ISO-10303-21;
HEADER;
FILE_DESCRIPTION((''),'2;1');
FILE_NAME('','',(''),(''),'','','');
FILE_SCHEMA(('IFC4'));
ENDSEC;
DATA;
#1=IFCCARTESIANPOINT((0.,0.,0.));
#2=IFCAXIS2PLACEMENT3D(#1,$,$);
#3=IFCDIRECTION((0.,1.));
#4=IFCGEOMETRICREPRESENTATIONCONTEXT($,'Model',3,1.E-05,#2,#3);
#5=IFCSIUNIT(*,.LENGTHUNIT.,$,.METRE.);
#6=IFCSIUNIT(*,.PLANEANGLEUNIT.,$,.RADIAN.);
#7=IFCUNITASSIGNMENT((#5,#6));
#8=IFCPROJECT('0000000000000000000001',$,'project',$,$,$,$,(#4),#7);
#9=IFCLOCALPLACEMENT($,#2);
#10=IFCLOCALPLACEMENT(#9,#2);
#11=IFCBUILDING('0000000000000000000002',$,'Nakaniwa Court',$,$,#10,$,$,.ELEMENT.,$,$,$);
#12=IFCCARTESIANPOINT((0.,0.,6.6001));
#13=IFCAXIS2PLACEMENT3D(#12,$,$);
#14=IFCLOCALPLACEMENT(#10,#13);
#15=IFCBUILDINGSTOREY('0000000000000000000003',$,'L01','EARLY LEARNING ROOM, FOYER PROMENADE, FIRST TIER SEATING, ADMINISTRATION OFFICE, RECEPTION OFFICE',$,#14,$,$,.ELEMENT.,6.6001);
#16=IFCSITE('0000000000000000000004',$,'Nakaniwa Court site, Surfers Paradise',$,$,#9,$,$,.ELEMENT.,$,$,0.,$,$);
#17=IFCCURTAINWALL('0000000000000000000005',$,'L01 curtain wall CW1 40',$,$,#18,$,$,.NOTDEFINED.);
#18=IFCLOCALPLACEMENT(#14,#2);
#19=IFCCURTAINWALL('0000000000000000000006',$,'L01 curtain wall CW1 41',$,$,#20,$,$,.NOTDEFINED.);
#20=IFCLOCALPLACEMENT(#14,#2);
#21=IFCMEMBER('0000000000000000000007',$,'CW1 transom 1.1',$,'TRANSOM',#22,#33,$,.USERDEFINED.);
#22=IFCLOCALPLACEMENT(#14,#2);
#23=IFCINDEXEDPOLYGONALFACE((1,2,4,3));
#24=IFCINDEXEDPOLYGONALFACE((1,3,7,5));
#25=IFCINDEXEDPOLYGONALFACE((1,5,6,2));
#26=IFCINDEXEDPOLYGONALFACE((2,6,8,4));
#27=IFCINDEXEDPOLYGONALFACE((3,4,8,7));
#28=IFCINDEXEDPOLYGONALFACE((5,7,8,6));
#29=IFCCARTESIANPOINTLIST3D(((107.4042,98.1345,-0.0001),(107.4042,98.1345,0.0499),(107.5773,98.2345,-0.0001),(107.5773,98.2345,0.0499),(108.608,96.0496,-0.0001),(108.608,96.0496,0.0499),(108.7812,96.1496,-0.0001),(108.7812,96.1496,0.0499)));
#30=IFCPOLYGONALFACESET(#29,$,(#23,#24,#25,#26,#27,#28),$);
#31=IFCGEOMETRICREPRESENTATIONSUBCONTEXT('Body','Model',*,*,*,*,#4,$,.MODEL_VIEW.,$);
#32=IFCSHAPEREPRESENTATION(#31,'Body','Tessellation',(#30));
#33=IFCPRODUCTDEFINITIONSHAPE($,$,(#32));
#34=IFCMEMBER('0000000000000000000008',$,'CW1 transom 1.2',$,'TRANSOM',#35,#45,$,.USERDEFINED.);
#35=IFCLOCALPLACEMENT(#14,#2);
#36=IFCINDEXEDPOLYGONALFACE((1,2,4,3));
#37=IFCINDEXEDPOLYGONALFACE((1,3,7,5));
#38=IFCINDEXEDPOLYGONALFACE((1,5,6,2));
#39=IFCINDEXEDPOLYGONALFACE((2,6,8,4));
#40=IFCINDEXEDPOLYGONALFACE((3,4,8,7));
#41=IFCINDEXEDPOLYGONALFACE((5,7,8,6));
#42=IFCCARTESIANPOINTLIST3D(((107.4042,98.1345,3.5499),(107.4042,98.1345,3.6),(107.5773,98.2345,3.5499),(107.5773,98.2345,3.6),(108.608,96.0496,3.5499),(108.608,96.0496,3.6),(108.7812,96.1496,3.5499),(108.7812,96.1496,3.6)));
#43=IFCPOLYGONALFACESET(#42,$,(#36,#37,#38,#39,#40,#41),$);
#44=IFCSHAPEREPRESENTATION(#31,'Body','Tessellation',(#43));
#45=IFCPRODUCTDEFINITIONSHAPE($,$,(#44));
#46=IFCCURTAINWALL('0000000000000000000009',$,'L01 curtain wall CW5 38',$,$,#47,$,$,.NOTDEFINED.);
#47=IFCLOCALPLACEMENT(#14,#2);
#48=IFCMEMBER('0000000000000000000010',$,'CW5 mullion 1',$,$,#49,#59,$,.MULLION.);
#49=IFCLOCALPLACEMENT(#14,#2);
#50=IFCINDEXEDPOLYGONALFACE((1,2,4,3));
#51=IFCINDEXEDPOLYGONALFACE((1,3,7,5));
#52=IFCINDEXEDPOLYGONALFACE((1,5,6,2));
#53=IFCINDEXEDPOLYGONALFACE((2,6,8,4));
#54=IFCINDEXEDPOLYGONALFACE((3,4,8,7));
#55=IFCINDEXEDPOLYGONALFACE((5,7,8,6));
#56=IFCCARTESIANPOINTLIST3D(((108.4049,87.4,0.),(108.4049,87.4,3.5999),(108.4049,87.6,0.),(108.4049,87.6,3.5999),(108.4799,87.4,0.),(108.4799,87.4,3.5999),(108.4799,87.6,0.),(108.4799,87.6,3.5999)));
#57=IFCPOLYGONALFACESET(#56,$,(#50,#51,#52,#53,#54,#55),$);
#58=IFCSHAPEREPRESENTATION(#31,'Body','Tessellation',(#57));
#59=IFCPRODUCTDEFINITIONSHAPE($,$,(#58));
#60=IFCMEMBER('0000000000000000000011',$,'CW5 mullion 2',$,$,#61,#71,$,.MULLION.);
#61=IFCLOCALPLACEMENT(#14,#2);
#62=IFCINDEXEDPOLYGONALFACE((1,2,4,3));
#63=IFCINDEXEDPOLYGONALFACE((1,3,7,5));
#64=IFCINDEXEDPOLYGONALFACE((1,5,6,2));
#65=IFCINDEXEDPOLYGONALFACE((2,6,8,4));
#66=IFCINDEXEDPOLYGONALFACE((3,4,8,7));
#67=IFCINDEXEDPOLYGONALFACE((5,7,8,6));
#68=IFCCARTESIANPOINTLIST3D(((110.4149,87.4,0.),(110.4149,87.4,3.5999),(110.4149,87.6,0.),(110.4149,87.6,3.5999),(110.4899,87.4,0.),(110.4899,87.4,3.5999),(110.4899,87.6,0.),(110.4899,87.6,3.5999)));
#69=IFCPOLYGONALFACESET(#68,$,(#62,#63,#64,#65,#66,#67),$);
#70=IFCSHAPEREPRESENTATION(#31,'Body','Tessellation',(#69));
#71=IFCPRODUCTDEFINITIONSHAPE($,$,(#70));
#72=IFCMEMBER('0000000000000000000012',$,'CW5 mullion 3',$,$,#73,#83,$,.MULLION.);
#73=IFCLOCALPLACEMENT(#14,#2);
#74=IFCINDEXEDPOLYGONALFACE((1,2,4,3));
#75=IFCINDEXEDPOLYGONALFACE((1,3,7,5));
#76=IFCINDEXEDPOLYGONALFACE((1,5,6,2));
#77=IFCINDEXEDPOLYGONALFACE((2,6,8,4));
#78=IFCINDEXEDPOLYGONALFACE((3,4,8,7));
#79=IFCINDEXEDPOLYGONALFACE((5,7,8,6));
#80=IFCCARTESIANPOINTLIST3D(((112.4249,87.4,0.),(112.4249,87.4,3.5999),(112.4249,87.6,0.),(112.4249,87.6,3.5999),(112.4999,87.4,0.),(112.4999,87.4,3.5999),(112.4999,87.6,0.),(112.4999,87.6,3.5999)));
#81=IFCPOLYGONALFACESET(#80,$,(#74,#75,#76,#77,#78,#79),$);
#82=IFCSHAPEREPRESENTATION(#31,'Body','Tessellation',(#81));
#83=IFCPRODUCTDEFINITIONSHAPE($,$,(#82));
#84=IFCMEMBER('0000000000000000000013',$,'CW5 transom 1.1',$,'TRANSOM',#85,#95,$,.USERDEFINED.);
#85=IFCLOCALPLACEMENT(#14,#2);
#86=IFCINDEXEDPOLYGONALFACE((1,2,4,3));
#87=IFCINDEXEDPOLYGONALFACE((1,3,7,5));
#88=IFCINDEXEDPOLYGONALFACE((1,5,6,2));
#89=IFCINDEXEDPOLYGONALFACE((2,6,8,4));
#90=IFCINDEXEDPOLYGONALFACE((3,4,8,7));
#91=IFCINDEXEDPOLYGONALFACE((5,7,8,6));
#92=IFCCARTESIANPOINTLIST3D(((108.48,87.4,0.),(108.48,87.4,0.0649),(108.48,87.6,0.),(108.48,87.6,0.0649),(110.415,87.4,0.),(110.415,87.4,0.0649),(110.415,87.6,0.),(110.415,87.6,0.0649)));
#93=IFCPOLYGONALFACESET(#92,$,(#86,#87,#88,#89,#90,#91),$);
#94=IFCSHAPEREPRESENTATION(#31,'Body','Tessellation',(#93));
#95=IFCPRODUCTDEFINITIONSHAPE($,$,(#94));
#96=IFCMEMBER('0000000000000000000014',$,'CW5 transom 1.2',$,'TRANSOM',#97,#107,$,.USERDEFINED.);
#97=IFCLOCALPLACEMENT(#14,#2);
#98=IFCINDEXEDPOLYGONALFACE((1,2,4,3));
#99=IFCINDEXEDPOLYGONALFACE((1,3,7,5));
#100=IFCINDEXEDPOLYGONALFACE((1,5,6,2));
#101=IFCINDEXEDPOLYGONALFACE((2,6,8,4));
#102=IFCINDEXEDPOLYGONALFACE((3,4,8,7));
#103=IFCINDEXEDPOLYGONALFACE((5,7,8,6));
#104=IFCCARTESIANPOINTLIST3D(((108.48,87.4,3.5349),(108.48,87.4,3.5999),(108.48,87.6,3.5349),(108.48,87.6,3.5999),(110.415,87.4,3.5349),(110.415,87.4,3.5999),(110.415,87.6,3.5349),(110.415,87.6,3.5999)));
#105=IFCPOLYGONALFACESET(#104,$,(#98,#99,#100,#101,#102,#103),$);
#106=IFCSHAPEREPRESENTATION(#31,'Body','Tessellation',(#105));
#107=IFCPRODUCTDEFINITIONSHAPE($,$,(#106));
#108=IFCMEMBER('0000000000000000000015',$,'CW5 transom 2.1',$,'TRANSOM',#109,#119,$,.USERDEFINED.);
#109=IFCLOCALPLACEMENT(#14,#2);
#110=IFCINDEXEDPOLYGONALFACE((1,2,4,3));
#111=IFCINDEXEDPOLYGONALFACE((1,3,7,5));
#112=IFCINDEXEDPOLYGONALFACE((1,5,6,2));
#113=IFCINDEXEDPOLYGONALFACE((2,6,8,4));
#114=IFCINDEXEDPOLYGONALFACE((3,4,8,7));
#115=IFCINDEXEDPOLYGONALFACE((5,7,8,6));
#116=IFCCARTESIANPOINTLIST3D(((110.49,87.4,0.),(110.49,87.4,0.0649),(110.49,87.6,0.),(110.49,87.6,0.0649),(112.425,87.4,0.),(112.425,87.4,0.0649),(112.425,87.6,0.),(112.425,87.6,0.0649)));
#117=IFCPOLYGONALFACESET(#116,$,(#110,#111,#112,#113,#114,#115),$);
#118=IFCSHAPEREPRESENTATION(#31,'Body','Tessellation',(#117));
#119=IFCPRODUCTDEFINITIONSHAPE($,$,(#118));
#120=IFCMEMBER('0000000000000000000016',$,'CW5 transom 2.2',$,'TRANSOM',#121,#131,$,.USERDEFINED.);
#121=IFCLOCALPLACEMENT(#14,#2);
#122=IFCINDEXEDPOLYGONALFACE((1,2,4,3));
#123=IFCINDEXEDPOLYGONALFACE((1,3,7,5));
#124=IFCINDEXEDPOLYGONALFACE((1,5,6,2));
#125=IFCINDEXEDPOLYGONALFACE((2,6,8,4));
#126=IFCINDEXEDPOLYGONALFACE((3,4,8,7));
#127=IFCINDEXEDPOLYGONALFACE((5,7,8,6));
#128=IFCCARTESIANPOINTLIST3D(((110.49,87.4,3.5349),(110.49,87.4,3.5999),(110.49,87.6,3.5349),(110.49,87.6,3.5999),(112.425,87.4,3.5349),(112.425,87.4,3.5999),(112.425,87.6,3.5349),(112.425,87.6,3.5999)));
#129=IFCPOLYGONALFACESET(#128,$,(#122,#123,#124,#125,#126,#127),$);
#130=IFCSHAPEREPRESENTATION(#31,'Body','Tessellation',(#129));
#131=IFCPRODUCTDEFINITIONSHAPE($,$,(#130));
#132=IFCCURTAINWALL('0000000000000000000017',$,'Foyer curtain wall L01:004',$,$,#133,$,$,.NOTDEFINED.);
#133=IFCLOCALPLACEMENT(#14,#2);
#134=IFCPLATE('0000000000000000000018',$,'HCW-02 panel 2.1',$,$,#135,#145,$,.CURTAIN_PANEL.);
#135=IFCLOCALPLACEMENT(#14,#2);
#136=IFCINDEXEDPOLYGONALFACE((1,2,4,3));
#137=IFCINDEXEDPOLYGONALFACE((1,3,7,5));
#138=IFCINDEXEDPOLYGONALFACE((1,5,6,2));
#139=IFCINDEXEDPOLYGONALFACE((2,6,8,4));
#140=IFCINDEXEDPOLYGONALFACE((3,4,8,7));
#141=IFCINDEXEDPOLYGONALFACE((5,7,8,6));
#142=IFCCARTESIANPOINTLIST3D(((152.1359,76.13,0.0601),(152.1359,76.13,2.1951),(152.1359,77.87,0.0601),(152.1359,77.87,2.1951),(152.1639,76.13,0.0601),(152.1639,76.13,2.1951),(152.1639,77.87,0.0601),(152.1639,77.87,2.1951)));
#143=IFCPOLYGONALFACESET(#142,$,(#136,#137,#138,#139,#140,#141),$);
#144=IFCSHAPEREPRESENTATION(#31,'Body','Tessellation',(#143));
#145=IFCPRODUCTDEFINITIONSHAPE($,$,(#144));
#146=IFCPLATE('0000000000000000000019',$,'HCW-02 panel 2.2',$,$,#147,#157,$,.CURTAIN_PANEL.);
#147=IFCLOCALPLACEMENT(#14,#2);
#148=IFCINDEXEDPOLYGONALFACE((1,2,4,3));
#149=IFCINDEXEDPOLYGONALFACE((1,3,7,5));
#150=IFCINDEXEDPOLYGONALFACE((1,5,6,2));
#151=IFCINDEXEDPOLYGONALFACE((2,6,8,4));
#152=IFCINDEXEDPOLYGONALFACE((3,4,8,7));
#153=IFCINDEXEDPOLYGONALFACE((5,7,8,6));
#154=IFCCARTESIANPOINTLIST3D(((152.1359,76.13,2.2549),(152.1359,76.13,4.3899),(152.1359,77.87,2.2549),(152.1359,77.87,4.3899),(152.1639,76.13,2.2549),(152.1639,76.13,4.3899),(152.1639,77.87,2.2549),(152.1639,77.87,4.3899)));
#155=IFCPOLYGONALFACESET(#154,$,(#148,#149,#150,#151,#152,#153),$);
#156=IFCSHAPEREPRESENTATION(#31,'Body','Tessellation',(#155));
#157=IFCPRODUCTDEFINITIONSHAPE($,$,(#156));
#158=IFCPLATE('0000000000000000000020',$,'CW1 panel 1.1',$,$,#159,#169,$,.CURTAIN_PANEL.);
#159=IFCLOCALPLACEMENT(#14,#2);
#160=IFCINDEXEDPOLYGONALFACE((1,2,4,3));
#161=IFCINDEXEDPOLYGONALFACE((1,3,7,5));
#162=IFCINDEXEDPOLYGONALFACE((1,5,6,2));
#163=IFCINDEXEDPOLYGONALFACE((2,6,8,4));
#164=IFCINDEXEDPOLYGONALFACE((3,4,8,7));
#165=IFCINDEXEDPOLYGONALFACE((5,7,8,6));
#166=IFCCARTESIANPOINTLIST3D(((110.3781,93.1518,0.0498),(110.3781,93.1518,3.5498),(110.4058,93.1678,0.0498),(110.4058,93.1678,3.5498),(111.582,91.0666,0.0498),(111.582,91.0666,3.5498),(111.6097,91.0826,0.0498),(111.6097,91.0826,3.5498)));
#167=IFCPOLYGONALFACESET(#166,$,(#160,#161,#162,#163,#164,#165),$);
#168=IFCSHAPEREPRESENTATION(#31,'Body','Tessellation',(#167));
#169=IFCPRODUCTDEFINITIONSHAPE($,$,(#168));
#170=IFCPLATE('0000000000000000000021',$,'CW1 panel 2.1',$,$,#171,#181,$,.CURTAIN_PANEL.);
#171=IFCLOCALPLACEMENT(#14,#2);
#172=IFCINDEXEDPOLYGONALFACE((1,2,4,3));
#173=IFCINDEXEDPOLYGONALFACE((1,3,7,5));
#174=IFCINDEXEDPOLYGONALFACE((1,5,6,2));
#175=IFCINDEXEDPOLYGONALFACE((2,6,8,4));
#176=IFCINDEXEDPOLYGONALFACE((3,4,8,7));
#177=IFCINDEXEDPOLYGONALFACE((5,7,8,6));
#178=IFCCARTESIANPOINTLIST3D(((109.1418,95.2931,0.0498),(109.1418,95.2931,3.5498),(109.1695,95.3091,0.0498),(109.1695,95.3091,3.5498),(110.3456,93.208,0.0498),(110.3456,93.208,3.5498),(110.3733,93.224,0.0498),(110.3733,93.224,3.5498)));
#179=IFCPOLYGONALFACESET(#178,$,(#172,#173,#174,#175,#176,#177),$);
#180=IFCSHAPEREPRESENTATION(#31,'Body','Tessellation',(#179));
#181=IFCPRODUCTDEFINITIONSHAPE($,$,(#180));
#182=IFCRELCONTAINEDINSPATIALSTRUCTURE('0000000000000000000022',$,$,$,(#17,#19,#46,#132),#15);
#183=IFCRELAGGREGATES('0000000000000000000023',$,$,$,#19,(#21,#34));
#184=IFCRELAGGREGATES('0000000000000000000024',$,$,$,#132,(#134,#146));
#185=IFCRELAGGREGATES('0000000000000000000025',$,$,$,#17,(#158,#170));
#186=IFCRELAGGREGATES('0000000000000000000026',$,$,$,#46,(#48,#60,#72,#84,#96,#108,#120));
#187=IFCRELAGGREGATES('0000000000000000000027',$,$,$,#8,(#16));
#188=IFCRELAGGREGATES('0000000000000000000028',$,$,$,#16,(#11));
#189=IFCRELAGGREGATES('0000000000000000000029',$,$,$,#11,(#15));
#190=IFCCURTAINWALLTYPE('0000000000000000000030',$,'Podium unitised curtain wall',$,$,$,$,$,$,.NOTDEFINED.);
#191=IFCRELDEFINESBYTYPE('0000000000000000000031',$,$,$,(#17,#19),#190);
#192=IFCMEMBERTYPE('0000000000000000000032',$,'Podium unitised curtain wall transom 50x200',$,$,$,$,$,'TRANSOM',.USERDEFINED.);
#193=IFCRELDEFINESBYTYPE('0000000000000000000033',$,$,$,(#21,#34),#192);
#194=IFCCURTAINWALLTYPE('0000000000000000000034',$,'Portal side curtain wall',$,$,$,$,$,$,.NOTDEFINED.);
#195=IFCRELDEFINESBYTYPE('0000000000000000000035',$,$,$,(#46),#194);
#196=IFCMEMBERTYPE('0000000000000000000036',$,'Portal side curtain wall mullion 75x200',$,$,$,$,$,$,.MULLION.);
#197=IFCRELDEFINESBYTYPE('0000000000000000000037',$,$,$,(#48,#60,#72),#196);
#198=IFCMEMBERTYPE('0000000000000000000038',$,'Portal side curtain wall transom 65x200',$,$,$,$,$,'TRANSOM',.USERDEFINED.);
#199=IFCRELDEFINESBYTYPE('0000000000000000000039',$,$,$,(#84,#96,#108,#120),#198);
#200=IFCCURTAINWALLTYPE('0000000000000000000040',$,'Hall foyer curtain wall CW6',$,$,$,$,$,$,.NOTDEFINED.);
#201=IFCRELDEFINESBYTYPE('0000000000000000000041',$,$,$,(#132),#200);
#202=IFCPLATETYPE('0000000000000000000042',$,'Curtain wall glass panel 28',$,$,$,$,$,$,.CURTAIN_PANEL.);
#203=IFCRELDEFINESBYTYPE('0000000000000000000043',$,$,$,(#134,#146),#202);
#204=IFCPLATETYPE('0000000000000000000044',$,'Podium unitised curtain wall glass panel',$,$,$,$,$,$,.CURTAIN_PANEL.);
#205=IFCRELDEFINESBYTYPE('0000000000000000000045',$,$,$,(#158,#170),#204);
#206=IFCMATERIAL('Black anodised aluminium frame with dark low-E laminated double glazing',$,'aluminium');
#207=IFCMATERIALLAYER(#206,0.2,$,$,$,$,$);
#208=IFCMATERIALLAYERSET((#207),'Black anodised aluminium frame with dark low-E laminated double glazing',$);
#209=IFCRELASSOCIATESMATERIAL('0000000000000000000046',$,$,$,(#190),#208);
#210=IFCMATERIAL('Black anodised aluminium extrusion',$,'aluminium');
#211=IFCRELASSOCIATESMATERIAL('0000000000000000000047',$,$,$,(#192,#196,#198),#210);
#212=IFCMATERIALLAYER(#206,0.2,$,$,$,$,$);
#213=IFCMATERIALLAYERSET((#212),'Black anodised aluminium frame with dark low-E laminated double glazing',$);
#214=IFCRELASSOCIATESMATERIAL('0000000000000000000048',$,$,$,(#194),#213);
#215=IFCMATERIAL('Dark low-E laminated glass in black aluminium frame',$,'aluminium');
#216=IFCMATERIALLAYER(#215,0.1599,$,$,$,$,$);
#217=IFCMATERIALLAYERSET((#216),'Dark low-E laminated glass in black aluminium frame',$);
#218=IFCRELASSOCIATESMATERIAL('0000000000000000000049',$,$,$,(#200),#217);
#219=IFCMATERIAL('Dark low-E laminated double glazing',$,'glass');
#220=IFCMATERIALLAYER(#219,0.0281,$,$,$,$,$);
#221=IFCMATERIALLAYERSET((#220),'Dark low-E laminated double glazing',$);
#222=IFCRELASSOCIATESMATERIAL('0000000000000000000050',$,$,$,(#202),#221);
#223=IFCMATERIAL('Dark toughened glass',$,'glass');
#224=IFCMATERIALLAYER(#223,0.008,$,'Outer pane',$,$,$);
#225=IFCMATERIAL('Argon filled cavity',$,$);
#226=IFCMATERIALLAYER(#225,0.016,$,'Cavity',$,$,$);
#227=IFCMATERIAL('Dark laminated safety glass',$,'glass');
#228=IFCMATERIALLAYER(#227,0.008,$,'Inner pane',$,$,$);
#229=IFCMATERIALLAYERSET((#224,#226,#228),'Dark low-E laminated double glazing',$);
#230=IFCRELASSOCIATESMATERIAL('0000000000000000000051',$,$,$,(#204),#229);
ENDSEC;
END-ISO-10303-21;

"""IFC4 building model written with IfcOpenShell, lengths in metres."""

from ifc_helpers import new_model, si_unit, direction, frame, origin, origin_2d, place, context, subcontext, project, spatial, rectangle, extrude, material, layer, layer_set, material_profile, profile_set, type_object, element, aggregate, save


model = new_model("IFC4")

# Units and contexts
model_context = context("Model", 3, precision=1e-05, world=origin(), true_north=direction((0.0, 1.0)))
body_context = subcontext(model_context, "Body", "Model", "MODEL_VIEW")
ifc_project = project(units=[si_unit("LENGTHUNIT", "METRE"), si_unit("PLANEANGLEUNIT", "RADIAN")], contexts=[model_context])

# Site, building, storey
site_placement = place(None, origin())
site = spatial("IfcSite", under=ifc_project, at=site_placement, Name="Nakaniwa Court site, Surfers Paradise", CompositionType="ELEMENT", RefElevation=0.0)
building_placement = place(site_placement, origin())
building = spatial("IfcBuilding", under=site, at=building_placement, Name="Nakaniwa Court", CompositionType="ELEMENT")
storey_placement = place(building_placement, frame((0.0, 0.0, 6.6001)))
storey = spatial("IfcBuildingStorey", under=building, at=storey_placement, Name="L01", Description="EARLY LEARNING ROOM, FOYER PROMENADE, FIRST TIER SEATING, ADMINISTRATION OFFICE, RECEPTION OFFICE", CompositionType="ELEMENT", Elevation=6.6001)

# Curtain wall
ifc_material_1 = material(Name="Black anodised aluminium frame with dark low-E laminated double glazing", Category="aluminium")
ifc_layer_1 = layer(ifc_material_1, 0.2)
ifc_layer_set_1 = layer_set([ifc_layer_1], Name="Black anodised aluminium frame with dark low-E laminated double glazing")
curtain_wall_type_1 = type_object("IfcCurtainWallType", Name="Podium unitised curtain wall", PredefinedType="NOTDEFINED", material=ifc_layer_set_1)
curtain_wall_1_placement = place(storey_placement, origin())
curtain_wall_1 = element("IfcCurtainWall", 1, at=curtain_wall_1_placement, inside=storey, type_object=curtain_wall_type_1, Name="L01 curtain wall CW1 40", PredefinedType="NOTDEFINED")
ifc_material_2 = material(Name="Black anodised aluminium extrusion", Category="aluminium")

# Curtain wall
curtain_wall_2_placement = place(storey_placement, origin())
curtain_wall_2 = element("IfcCurtainWall", 2, at=curtain_wall_2_placement, inside=storey, type_object=curtain_wall_type_1, Name="L01 curtain wall CW1 41", PredefinedType="NOTDEFINED")

# Members
ifc_material_profile_1 = material_profile(ifc_material_2, rectangle(XDim=0.2, YDim=0.05, at=origin_2d()), Name="Podium unitised curtain wall transom 50x200")
ifc_profile_set_1 = profile_set([ifc_material_profile_1], Name="Black anodised aluminium extrusion")
member_type_1 = type_object("IfcMemberType", Name="Podium unitised curtain wall transom 50x200", ElementType="TRANSOM", PredefinedType="USERDEFINED", material=ifc_profile_set_1)
member_1_placement = place(storey_placement, frame((108.6946, 96.0996, 0.0249), z_axis=(-0.500033, 0.866007, 0.0), x_axis=(-0.866007, -0.500033, 0.0)))
member_1 = element("IfcMember", 3, at=member_1_placement, type_object=member_type_1, Name="CW1 transom 1.1", ObjectType="TRANSOM", PredefinedType="USERDEFINED", context=body_context, shape_type="SweptSolid", body=[
    extrude(rectangle(XDim=0.2, YDim=0.05, at=origin_2d()), origin(), (0.0, 0.0, 1.0), 2.4075),
])
member_2_placement = place(storey_placement, frame((108.6946, 96.0996, 3.575), z_axis=(-0.500033, 0.866007, 0.0), x_axis=(-0.866007, -0.500033, 0.0)))
member_2 = element("IfcMember", 4, at=member_2_placement, type_object=member_type_1, Name="CW1 transom 1.2", ObjectType="TRANSOM", PredefinedType="USERDEFINED", context=body_context, shape_type="SweptSolid", body=[
    extrude(rectangle(XDim=0.2, YDim=0.05, at=origin_2d()), origin(), (0.0, 0.0, 1.0), 2.4075),
])
aggregate(curtain_wall_2, [member_1, member_2])

# Curtain wall, members
ifc_layer_2 = layer(ifc_material_1, 0.2)
ifc_layer_set_2 = layer_set([ifc_layer_2], Name="Black anodised aluminium frame with dark low-E laminated double glazing")
curtain_wall_type_2 = type_object("IfcCurtainWallType", Name="Portal side curtain wall", PredefinedType="NOTDEFINED", material=ifc_layer_set_2)
curtain_wall_3_placement = place(storey_placement, origin())
curtain_wall_3 = element("IfcCurtainWall", 5, at=curtain_wall_3_placement, inside=storey, type_object=curtain_wall_type_2, Name="L01 curtain wall CW5 38", PredefinedType="NOTDEFINED")
ifc_material_profile_2 = material_profile(ifc_material_2, rectangle(XDim=0.2, YDim=0.075, at=origin_2d()), Name="Portal side curtain wall mullion 75x200")
ifc_profile_set_2 = profile_set([ifc_material_profile_2], Name="Black anodised aluminium extrusion")
member_type_2 = type_object("IfcMemberType", Name="Portal side curtain wall mullion 75x200", PredefinedType="MULLION", material=ifc_profile_set_2)
member_3_placement = place(storey_placement, frame((108.4424, 87.5, 0.0), z_axis=(0.0, 0.0, 1.0), x_axis=(0.0, 1.0, 0.0)))
member_3 = element("IfcMember", 6, at=member_3_placement, type_object=member_type_2, Name="CW5 mullion 1", PredefinedType="MULLION", context=body_context, shape_type="SweptSolid", body=[
    extrude(rectangle(XDim=0.2, YDim=0.075, at=origin_2d()), origin(), (0.0, 0.0, 1.0), 3.5999),
])
member_4_placement = place(storey_placement, frame((110.4524, 87.5, 0.0), z_axis=(0.0, 0.0, 1.0), x_axis=(0.0, 1.0, 0.0)))
member_4 = element("IfcMember", 7, at=member_4_placement, type_object=member_type_2, Name="CW5 mullion 2", PredefinedType="MULLION", context=body_context, shape_type="SweptSolid", body=[
    extrude(rectangle(XDim=0.2, YDim=0.075, at=origin_2d()), origin(), (0.0, 0.0, 1.0), 3.5999),
])
member_5_placement = place(storey_placement, frame((112.4624, 87.5, 0.0), z_axis=(0.0, 0.0, 1.0), x_axis=(0.0, 1.0, 0.0)))
member_5 = element("IfcMember", 8, at=member_5_placement, type_object=member_type_2, Name="CW5 mullion 3", PredefinedType="MULLION", context=body_context, shape_type="SweptSolid", body=[
    extrude(rectangle(XDim=0.2, YDim=0.075, at=origin_2d()), origin(), (0.0, 0.0, 1.0), 3.5999),
])
ifc_material_profile_3 = material_profile(ifc_material_2, rectangle(XDim=0.2, YDim=0.0649, at=origin_2d()), Name="Portal side curtain wall transom 65x200")
ifc_profile_set_3 = profile_set([ifc_material_profile_3], Name="Black anodised aluminium extrusion")
member_type_3 = type_object("IfcMemberType", Name="Portal side curtain wall transom 65x200", ElementType="TRANSOM", PredefinedType="USERDEFINED", material=ifc_profile_set_3)
member_6_placement = place(storey_placement, frame((108.48, 87.5, 0.0325), z_axis=(1.0, 0.0, 0.0), x_axis=(0.0, 1.0, 0.0)))
member_6 = element("IfcMember", 9, at=member_6_placement, type_object=member_type_3, Name="CW5 transom 1.1", ObjectType="TRANSOM", PredefinedType="USERDEFINED", context=body_context, shape_type="SweptSolid", body=[
    extrude(rectangle(XDim=0.2, YDim=0.0649, at=origin_2d()), origin(), (0.0, 0.0, 1.0), 1.9351),
])
member_7_placement = place(storey_placement, frame((108.48, 87.5, 3.5674), z_axis=(1.0, 0.0, 0.0), x_axis=(0.0, 1.0, 0.0)))
member_7 = element("IfcMember", 10, at=member_7_placement, type_object=member_type_3, Name="CW5 transom 1.2", ObjectType="TRANSOM", PredefinedType="USERDEFINED", context=body_context, shape_type="SweptSolid", body=[
    extrude(rectangle(XDim=0.2, YDim=0.0649, at=origin_2d()), origin(), (0.0, 0.0, 1.0), 1.9351),
])
member_8_placement = place(storey_placement, frame((110.49, 87.5, 0.0325), z_axis=(1.0, 0.0, 0.0), x_axis=(0.0, 1.0, 0.0)))
member_8 = element("IfcMember", 11, at=member_8_placement, type_object=member_type_3, Name="CW5 transom 2.1", ObjectType="TRANSOM", PredefinedType="USERDEFINED", context=body_context, shape_type="SweptSolid", body=[
    extrude(rectangle(XDim=0.2, YDim=0.0649, at=origin_2d()), origin(), (0.0, 0.0, 1.0), 1.9351),
])
member_9_placement = place(storey_placement, frame((110.49, 87.5, 3.5674), z_axis=(1.0, 0.0, 0.0), x_axis=(0.0, 1.0, 0.0)))
member_9 = element("IfcMember", 12, at=member_9_placement, type_object=member_type_3, Name="CW5 transom 2.2", ObjectType="TRANSOM", PredefinedType="USERDEFINED", context=body_context, shape_type="SweptSolid", body=[
    extrude(rectangle(XDim=0.2, YDim=0.0649, at=origin_2d()), origin(), (0.0, 0.0, 1.0), 1.9351),
])

# Curtain wall, plates
ifc_material_3 = material(Name="Dark low-E laminated glass in black aluminium frame", Category="aluminium")
ifc_layer_3 = layer(ifc_material_3, 0.1599)
ifc_layer_set_3 = layer_set([ifc_layer_3], Name="Dark low-E laminated glass in black aluminium frame")
curtain_wall_type_3 = type_object("IfcCurtainWallType", Name="Hall foyer curtain wall CW6", PredefinedType="NOTDEFINED", material=ifc_layer_set_3)
curtain_wall_4_placement = place(storey_placement, origin())
curtain_wall_4 = element("IfcCurtainWall", 13, at=curtain_wall_4_placement, inside=storey, type_object=curtain_wall_type_3, Name="Foyer curtain wall L01:004", PredefinedType="NOTDEFINED")
ifc_material_4 = material(Name="Dark low-E laminated double glazing", Category="glass")
ifc_layer_4 = layer(ifc_material_4, 0.0281)
ifc_layer_set_4 = layer_set([ifc_layer_4], Name="Dark low-E laminated double glazing")
plate_type_1 = type_object("IfcPlateType", Name="Curtain wall glass panel 28", PredefinedType="CURTAIN_PANEL", material=ifc_layer_set_4)
plate_1_placement = place(storey_placement, frame((152.1499, 77.0, 0.0601), z_axis=(0.0, 0.0, 1.0), x_axis=(0.0, 1.0, 0.0)))
plate_1 = element("IfcPlate", 14, at=plate_1_placement, type_object=plate_type_1, Name="HCW-02 panel 2.1", PredefinedType="CURTAIN_PANEL", context=body_context, shape_type="SweptSolid", body=[
    extrude(rectangle(XDim=1.74, YDim=0.0281, at=origin_2d()), origin(), (0.0, 0.0, 1.0), 2.135),
])
plate_2_placement = place(storey_placement, frame((152.1499, 77.0, 2.2549), z_axis=(0.0, 0.0, 1.0), x_axis=(0.0, 1.0, 0.0)))
plate_2 = element("IfcPlate", 15, at=plate_2_placement, type_object=plate_type_1, Name="HCW-02 panel 2.2", PredefinedType="CURTAIN_PANEL", context=body_context, shape_type="SweptSolid", body=[
    extrude(rectangle(XDim=1.74, YDim=0.0281, at=origin_2d()), origin(), (0.0, 0.0, 1.0), 2.135),
])
aggregate(curtain_wall_4, [plate_1, plate_2])

# Plates
ifc_material_5 = material(Name="Dark toughened glass", Category="glass")
ifc_layer_5 = layer(ifc_material_5, 0.008, Name="Outer pane")
ifc_material_6 = material(Name="Argon filled cavity")
ifc_layer_6 = layer(ifc_material_6, 0.016, Name="Cavity")
ifc_material_7 = material(Name="Dark laminated safety glass", Category="glass")
ifc_layer_7 = layer(ifc_material_7, 0.008, Name="Inner pane")
ifc_layer_set_5 = layer_set([ifc_layer_5, ifc_layer_6, ifc_layer_7], Name="Dark low-E laminated double glazing")
plate_type_2 = type_object("IfcPlateType", Name="Podium unitised curtain wall glass panel", PredefinedType="CURTAIN_PANEL", material=ifc_layer_set_5)
plate_3_placement = place(storey_placement, frame((110.9939, 92.1172, 0.0498), z_axis=(0.0, 0.0, 1.0), x_axis=(-0.499988, 0.866032, 0.0)))
plate_3 = element("IfcPlate", 16, at=plate_3_placement, type_object=plate_type_2, Name="CW1 panel 1.1", PredefinedType="CURTAIN_PANEL", context=body_context, shape_type="SweptSolid", body=[
    extrude(rectangle(XDim=2.4077, YDim=0.032, at=origin_2d()), origin(), (0.0, 0.0, 1.0), 3.5),
])
plate_4_placement = place(storey_placement, frame((109.7576, 94.2585, 0.0498), z_axis=(0.0, 0.0, 1.0), x_axis=(-0.499988, 0.866032, 0.0)))
plate_4 = element("IfcPlate", 17, at=plate_4_placement, type_object=plate_type_2, Name="CW1 panel 2.1", PredefinedType="CURTAIN_PANEL", context=body_context, shape_type="SweptSolid", body=[
    extrude(rectangle(XDim=2.4077, YDim=0.032, at=origin_2d()), origin(), (0.0, 0.0, 1.0), 3.5),
])
aggregate(curtain_wall_1, [plate_3, plate_4])
aggregate(curtain_wall_3, [member_3, member_4, member_5, member_6, member_7, member_8, member_9])

save(model, "model.ifc")
